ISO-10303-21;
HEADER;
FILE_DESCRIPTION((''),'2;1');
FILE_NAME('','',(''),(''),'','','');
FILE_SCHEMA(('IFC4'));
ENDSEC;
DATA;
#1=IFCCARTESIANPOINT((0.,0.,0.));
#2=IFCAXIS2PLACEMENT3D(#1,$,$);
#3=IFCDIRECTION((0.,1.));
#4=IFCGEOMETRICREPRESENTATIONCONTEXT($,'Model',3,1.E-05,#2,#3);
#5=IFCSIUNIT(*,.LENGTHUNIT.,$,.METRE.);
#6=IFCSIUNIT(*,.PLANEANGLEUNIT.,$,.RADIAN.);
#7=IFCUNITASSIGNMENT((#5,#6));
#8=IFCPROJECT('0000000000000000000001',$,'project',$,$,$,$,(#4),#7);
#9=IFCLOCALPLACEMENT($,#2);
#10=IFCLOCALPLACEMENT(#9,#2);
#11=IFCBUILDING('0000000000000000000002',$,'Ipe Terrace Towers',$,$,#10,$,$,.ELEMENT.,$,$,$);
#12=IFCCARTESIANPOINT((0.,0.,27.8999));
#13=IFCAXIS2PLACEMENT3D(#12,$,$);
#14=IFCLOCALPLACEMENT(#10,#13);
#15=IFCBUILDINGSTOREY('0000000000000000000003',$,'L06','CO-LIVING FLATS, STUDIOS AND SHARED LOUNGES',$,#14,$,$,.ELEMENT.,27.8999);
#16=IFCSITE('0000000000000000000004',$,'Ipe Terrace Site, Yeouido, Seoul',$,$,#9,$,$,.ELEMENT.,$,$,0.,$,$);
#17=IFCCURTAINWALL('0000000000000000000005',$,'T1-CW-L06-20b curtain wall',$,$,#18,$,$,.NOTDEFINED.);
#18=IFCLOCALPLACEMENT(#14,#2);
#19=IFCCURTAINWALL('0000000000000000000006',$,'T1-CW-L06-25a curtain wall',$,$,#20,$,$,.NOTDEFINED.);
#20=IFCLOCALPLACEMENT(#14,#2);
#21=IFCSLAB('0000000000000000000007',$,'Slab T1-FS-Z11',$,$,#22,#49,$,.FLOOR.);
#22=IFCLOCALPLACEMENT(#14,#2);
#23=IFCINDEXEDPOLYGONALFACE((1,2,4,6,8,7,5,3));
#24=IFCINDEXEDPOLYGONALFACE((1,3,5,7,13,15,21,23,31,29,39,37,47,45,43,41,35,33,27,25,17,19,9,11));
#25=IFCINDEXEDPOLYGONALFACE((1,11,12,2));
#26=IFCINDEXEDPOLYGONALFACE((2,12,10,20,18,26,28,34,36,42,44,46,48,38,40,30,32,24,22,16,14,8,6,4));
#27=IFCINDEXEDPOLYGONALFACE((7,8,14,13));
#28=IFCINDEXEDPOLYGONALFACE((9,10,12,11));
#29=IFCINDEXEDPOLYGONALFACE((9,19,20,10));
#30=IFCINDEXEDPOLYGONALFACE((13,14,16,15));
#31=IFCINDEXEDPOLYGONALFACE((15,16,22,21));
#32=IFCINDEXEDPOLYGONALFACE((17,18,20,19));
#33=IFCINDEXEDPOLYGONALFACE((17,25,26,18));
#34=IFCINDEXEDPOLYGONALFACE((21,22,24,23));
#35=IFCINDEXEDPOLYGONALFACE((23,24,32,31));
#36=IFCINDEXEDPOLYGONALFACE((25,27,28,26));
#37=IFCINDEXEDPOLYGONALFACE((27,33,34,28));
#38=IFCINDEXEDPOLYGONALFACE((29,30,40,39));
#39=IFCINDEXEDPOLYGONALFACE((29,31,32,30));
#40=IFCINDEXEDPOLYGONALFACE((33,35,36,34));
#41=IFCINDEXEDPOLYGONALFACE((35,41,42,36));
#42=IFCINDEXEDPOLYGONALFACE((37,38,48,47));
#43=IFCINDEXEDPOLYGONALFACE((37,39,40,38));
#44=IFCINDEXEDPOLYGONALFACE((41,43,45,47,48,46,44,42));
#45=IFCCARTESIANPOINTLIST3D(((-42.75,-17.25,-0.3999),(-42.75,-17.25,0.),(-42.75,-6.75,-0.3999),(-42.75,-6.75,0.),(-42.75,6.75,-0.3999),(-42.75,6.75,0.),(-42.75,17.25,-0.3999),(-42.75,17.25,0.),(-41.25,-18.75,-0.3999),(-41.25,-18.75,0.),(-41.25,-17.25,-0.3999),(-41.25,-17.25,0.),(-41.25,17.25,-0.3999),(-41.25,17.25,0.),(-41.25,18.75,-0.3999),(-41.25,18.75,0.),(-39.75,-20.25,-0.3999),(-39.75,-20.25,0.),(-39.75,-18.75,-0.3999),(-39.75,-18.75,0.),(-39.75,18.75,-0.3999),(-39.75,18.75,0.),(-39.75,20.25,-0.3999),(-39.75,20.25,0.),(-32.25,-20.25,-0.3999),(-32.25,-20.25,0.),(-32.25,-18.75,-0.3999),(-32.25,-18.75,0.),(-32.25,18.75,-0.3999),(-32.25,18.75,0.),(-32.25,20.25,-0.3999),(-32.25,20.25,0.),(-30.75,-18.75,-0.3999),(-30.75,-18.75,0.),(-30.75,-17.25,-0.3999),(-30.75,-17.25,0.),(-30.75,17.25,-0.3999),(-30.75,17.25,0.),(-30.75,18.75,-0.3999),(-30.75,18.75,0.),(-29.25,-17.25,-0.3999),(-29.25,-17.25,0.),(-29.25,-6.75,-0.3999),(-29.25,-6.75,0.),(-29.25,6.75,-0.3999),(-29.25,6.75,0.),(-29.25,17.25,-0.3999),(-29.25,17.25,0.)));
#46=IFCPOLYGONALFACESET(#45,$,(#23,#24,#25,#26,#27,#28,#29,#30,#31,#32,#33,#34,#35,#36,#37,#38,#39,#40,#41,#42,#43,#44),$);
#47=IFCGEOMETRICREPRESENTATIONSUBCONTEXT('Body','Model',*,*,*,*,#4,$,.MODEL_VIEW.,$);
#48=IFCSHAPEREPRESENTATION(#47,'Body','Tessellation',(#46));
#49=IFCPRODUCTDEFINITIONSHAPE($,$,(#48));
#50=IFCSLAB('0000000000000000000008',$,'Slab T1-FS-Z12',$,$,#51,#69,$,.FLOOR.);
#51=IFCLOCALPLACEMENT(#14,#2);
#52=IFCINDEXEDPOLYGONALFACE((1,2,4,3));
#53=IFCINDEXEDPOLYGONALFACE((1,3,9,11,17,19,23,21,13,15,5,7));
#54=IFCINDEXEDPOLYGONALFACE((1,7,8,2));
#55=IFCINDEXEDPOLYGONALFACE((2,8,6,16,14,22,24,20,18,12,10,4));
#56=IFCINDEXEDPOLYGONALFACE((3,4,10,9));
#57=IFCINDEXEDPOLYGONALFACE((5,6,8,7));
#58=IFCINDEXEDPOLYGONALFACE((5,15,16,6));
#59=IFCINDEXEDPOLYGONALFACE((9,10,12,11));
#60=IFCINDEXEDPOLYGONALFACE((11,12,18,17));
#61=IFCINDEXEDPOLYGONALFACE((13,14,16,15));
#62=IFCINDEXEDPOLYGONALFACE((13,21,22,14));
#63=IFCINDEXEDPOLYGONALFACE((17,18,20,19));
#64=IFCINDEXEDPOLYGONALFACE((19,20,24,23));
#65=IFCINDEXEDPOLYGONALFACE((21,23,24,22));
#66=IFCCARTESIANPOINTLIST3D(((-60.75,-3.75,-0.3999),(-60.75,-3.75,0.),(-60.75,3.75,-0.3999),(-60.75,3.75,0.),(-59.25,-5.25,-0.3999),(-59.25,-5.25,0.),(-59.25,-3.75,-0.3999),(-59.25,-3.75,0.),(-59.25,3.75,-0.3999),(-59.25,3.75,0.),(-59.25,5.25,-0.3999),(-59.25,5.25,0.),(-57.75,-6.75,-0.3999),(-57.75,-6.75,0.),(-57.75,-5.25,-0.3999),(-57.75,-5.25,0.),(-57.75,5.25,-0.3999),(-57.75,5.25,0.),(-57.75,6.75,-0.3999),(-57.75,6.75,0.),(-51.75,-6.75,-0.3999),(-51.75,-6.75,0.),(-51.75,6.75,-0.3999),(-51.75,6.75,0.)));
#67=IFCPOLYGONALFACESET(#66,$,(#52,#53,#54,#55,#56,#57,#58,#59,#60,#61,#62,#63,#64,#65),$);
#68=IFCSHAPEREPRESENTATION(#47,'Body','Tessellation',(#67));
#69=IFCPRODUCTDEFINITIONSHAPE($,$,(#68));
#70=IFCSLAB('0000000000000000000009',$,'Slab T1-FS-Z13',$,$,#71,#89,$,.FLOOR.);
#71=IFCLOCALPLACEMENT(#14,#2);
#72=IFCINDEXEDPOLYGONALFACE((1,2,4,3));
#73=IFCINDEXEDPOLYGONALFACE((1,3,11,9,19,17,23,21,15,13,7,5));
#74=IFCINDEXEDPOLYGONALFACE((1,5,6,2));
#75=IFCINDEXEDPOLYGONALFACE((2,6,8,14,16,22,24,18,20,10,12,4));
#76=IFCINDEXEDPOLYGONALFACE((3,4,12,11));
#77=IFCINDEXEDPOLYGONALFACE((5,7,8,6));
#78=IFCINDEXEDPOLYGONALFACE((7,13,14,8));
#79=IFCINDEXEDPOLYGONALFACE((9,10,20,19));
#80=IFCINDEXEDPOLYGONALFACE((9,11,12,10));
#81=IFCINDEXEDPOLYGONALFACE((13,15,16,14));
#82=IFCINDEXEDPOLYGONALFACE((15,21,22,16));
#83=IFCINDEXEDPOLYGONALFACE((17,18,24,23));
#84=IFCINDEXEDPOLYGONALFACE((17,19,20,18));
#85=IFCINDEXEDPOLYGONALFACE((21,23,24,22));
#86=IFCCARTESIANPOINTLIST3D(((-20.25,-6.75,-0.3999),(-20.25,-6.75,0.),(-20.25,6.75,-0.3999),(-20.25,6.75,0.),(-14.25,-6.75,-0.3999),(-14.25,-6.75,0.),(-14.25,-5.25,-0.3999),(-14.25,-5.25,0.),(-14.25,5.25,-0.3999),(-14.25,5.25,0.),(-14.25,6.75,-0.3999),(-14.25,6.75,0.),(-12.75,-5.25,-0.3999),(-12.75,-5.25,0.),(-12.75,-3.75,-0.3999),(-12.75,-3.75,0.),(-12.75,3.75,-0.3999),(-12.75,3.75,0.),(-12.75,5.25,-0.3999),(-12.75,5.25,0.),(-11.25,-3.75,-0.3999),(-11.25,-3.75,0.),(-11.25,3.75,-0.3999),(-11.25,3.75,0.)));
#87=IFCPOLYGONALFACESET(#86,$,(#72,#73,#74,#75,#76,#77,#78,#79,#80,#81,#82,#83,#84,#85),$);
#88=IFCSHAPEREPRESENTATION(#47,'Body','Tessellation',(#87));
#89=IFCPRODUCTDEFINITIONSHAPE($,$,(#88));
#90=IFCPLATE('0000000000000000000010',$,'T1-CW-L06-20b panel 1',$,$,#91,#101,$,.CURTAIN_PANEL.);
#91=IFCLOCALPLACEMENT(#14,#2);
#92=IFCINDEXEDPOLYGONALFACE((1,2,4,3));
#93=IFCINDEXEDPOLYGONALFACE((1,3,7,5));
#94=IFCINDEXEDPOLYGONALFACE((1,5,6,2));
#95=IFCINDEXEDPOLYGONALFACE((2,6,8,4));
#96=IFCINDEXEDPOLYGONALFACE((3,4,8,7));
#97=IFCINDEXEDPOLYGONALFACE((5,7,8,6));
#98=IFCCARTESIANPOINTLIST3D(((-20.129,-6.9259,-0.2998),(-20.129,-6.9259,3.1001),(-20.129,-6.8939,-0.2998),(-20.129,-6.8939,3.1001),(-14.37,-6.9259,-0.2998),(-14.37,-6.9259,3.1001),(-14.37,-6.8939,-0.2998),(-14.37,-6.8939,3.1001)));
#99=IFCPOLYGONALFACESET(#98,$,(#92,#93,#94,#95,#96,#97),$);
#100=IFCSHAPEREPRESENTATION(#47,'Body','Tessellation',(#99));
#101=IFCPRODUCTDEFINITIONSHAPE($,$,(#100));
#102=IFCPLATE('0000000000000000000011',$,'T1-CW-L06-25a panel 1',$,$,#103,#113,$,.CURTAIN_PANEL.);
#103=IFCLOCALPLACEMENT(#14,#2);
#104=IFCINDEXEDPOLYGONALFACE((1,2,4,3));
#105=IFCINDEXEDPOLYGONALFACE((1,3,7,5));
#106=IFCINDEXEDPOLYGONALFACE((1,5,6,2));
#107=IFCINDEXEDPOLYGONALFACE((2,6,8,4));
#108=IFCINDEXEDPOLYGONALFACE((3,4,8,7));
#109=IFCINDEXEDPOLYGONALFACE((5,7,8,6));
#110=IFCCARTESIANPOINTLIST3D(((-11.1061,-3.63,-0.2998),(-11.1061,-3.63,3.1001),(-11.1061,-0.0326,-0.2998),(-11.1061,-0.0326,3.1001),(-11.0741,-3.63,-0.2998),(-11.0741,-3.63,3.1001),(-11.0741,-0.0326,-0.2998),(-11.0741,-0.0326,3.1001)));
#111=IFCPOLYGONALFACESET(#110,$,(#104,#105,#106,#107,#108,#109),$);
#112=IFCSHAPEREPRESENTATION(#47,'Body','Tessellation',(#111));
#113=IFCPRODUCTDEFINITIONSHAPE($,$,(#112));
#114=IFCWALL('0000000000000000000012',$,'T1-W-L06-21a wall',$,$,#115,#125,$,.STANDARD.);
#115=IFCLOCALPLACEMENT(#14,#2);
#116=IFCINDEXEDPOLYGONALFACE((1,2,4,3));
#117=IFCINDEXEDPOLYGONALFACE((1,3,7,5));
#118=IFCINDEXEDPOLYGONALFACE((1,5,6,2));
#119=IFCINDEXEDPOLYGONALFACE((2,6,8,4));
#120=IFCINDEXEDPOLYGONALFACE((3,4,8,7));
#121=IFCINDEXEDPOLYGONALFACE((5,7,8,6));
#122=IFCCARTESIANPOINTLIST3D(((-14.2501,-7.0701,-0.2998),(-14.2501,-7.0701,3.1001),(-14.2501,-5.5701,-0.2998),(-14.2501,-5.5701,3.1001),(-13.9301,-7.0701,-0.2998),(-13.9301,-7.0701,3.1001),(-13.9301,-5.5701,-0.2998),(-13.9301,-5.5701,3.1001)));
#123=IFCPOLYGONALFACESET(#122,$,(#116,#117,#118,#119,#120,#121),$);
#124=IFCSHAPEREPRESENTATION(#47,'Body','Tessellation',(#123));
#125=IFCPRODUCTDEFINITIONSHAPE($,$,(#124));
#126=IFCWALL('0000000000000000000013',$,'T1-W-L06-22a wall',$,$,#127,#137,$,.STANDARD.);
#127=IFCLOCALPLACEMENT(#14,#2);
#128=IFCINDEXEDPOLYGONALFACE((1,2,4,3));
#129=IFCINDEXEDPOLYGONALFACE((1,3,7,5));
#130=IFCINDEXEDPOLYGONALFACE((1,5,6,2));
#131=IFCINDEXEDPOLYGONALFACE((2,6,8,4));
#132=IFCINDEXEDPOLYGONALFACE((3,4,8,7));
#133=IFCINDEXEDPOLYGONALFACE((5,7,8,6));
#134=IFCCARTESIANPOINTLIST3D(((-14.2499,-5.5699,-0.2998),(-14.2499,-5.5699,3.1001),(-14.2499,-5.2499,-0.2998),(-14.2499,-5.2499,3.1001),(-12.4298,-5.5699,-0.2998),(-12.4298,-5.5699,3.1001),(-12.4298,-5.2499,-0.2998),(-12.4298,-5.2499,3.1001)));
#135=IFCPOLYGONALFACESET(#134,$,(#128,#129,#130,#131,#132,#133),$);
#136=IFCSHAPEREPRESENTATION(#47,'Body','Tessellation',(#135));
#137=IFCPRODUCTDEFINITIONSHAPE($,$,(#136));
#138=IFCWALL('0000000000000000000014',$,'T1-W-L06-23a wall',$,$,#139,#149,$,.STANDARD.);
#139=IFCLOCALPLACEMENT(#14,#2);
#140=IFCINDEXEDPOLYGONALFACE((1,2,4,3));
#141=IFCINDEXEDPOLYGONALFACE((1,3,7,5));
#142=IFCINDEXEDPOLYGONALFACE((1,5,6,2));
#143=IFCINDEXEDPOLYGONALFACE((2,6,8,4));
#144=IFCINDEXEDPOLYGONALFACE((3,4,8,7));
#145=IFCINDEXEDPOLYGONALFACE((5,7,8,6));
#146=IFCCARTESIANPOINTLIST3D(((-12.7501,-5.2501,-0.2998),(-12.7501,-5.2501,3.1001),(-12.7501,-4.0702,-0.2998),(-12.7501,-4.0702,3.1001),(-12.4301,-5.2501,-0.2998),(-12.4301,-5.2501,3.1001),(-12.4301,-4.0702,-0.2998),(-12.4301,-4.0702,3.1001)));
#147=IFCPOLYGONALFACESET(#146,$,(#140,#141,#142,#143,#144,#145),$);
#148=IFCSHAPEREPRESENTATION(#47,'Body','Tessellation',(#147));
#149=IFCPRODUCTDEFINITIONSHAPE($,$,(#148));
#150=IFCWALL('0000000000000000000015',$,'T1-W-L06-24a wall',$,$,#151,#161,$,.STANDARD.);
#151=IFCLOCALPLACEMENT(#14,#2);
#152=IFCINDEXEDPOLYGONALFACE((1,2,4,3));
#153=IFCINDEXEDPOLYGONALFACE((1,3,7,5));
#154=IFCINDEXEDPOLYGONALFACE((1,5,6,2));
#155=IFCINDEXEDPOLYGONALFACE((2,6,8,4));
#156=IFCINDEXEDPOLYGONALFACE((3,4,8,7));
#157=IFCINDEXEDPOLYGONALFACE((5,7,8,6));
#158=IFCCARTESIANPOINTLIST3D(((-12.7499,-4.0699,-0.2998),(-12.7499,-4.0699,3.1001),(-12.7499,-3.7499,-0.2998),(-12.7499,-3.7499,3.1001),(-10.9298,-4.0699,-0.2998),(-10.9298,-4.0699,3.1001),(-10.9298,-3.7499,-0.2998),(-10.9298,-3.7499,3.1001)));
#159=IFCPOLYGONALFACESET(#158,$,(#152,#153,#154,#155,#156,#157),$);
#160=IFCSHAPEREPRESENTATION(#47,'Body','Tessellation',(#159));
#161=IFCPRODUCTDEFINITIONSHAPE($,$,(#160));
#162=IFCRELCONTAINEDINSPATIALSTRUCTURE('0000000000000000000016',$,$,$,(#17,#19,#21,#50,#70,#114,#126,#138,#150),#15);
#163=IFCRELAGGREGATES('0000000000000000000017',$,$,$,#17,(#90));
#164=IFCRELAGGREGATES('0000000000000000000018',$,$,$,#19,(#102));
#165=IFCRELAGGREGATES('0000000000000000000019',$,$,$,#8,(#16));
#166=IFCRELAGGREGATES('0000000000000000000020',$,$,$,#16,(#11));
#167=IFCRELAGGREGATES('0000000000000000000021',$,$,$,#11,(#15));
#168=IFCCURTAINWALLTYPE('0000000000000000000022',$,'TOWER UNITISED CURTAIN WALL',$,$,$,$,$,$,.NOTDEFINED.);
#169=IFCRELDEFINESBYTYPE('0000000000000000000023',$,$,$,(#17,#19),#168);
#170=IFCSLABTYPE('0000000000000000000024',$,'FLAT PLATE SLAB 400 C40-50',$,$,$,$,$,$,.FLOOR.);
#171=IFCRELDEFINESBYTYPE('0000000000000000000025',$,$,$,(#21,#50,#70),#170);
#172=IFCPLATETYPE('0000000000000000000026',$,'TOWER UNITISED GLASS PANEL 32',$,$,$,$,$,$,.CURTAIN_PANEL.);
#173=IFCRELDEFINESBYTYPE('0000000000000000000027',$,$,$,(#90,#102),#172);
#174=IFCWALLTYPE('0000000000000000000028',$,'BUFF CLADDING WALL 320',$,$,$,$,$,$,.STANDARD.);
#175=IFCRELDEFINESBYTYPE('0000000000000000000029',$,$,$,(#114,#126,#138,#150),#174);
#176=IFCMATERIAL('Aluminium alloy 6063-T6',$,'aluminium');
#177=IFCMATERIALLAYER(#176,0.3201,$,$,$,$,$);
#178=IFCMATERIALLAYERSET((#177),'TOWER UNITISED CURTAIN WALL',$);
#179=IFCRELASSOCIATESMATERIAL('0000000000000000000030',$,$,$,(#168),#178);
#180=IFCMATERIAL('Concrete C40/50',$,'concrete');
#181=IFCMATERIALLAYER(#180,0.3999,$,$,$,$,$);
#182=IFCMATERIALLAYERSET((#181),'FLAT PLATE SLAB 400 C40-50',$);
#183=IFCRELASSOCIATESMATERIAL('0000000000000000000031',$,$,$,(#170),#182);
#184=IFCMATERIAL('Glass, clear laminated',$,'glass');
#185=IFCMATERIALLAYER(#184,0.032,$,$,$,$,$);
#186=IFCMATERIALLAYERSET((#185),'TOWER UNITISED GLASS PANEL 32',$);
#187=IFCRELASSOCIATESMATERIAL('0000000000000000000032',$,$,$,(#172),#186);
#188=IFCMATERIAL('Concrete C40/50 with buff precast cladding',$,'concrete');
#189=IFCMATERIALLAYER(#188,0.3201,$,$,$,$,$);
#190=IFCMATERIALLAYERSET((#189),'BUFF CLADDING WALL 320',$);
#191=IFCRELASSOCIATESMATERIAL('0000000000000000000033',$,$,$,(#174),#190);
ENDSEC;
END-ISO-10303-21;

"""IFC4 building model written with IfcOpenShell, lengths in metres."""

from ifc_helpers import new_model, si_unit, direction, frame, frame_2d, origin, origin_2d, place, context, subcontext, project, spatial, polyline, rectangle, outline, extrude, material, layer, layer_set, type_object, element, aggregate, save


model = new_model("IFC4")

# Units and contexts
model_context = context("Model", 3, precision=1e-05, world=origin(), true_north=direction((0.0, 1.0)))
body_context = subcontext(model_context, "Body", "Model", "MODEL_VIEW")
ifc_project = project(units=[si_unit("LENGTHUNIT", "METRE"), si_unit("PLANEANGLEUNIT", "RADIAN")], contexts=[model_context])

# Site, building, storey
site_placement = place(None, origin())
site = spatial("IfcSite", under=ifc_project, at=site_placement, Name="Ipe Terrace Site, Yeouido, Seoul", CompositionType="ELEMENT", RefElevation=0.0)
building_placement = place(site_placement, origin())
building = spatial("IfcBuilding", under=site, at=building_placement, Name="Ipe Terrace Towers", CompositionType="ELEMENT")
storey_placement = place(building_placement, frame((0.0, 0.0, 27.8999)))
storey = spatial("IfcBuildingStorey", under=building, at=storey_placement, Name="L06", Description="CO-LIVING FLATS, STUDIOS AND SHARED LOUNGES", CompositionType="ELEMENT", Elevation=27.8999)

# Curtain walls
ifc_material_1 = material(Name="Aluminium alloy 6063-T6", Category="aluminium")
ifc_layer_1 = layer(ifc_material_1, 0.3201)
ifc_layer_set_1 = layer_set([ifc_layer_1], Name="TOWER UNITISED CURTAIN WALL")
curtain_wall_type = type_object("IfcCurtainWallType", Name="TOWER UNITISED CURTAIN WALL", PredefinedType="NOTDEFINED", material=ifc_layer_set_1)
curtain_wall_1_placement = place(storey_placement, origin())
curtain_wall_1 = element("IfcCurtainWall", 1, at=curtain_wall_1_placement, inside=storey, type_object=curtain_wall_type, Name="T1-CW-L06-20b curtain wall", PredefinedType="NOTDEFINED")
curtain_wall_2_placement = place(storey_placement, origin())
curtain_wall_2 = element("IfcCurtainWall", 2, at=curtain_wall_2_placement, inside=storey, type_object=curtain_wall_type, Name="T1-CW-L06-25a curtain wall", PredefinedType="NOTDEFINED")

# Slabs
ifc_material_2 = material(Name="Concrete C40/50", Category="concrete")
ifc_layer_2 = layer(ifc_material_2, 0.3999)
ifc_layer_set_2 = layer_set([ifc_layer_2], Name="FLAT PLATE SLAB 400 C40-50")
slab_type = type_object("IfcSlabType", Name="FLAT PLATE SLAB 400 C40-50", PredefinedType="FLOOR", material=ifc_layer_set_2)
slab_1_placement = place(storey_placement, frame((0.0, 0.0, -0.3999)))
element("IfcSlab", 3, at=slab_1_placement, inside=storey, type_object=slab_type, Name="Slab T1-FS-Z11", PredefinedType="FLOOR", context=body_context, shape_type="SweptSolid", body=[
    extrude(outline(polyline([(-30.75, -17.25), (-30.75, -18.75), (-32.25, -18.75), (-32.25, -20.25), (-39.75, -20.25), (-39.75, -18.75), (-41.25, -18.75), (-41.25, -17.25), (-42.75, -17.25), (-42.75, -6.75), (-42.75, 6.75), (-42.75, 17.25), (-41.25, 17.25), (-41.25, 18.75), (-39.75, 18.75), (-39.75, 20.25), (-32.25, 20.25), (-32.25, 18.75), (-30.75, 18.75), (-30.75, 17.25), (-29.25, 17.25), (-29.25, 6.75), (-29.25, -6.75), (-29.25, -17.25), (-30.75, -17.25)])), origin(), (0.0, 0.0, 1.0), 0.3999),
])
slab_2_placement = place(storey_placement, frame((0.0, 0.0, -0.3999)))
element("IfcSlab", 4, at=slab_2_placement, inside=storey, type_object=slab_type, Name="Slab T1-FS-Z12", PredefinedType="FLOOR", context=body_context, shape_type="SweptSolid", body=[
    extrude(outline(polyline([(-57.75, -6.75), (-57.75, -5.25), (-59.25, -5.25), (-59.25, -3.75), (-60.75, -3.75), (-60.75, 3.75), (-59.25, 3.75), (-59.25, 5.25), (-57.75, 5.25), (-57.75, 6.75), (-51.75, 6.75), (-51.75, -6.75), (-57.75, -6.75)])), origin(), (0.0, 0.0, 1.0), 0.3999),
])
slab_3_placement = place(storey_placement, frame((0.0, 0.0, -0.3999)))
element("IfcSlab", 5, at=slab_3_placement, inside=storey, type_object=slab_type, Name="Slab T1-FS-Z13", PredefinedType="FLOOR", context=body_context, shape_type="SweptSolid", body=[
    extrude(outline(polyline([(-14.25, 5.25), (-12.75, 5.25), (-12.75, 3.75), (-11.25, 3.75), (-11.25, -3.75), (-12.75, -3.75), (-12.75, -5.25), (-14.25, -5.25), (-14.25, -6.75), (-20.25, -6.75), (-20.25, 6.75), (-14.25, 6.75), (-14.25, 5.25)])), origin(), (0.0, 0.0, 1.0), 0.3999),
])

# Plates
ifc_material_3 = material(Name="Glass, clear laminated", Category="glass")
ifc_layer_3 = layer(ifc_material_3, 0.032)
ifc_layer_set_3 = layer_set([ifc_layer_3], Name="TOWER UNITISED GLASS PANEL 32")
plate_type = type_object("IfcPlateType", Name="TOWER UNITISED GLASS PANEL 32", PredefinedType="CURTAIN_PANEL", material=ifc_layer_set_3)
plate_1_placement = place(storey_placement, frame((-17.2495, -6.9099, -0.2998), z_axis=(0.0, 0.0, 1.0), x_axis=(1.0, 0.0, 0.0)))
plate_1 = element("IfcPlate", 6, at=plate_1_placement, type_object=plate_type, Name="T1-CW-L06-20b panel 1", PredefinedType="CURTAIN_PANEL", context=body_context, shape_type="SweptSolid", body=[
    extrude(rectangle(XDim=5.759, YDim=0.032, at=origin_2d()), origin(), (0.0, 0.0, 1.0), 3.3999),
])
aggregate(curtain_wall_1, [plate_1])
plate_2_placement = place(storey_placement, frame((-11.0901, -1.8313, -0.2998), z_axis=(0.0, 0.0, 1.0), x_axis=(0.0, 1.0, 0.0)))
plate_2 = element("IfcPlate", 7, at=plate_2_placement, type_object=plate_type, Name="T1-CW-L06-25a panel 1", PredefinedType="CURTAIN_PANEL", context=body_context, shape_type="SweptSolid", body=[
    extrude(rectangle(XDim=3.5974, YDim=0.032, at=origin_2d()), origin(), (0.0, 0.0, 1.0), 3.3999),
])
aggregate(curtain_wall_2, [plate_2])

# Walls
ifc_material_4 = material(Name="Concrete C40/50 with buff precast cladding", Category="concrete")
ifc_layer_4 = layer(ifc_material_4, 0.3201)
ifc_layer_set_4 = layer_set([ifc_layer_4], Name="BUFF CLADDING WALL 320")
wall_type_1 = type_object("IfcWallType", Name="BUFF CLADDING WALL 320", PredefinedType="STANDARD", material=ifc_layer_set_4)
wall_1_placement = place(storey_placement, frame((-14.0901, -7.0701, -0.2998), z_axis=(0.0, 0.0, 1.0), x_axis=(0.0, 1.0, 0.0)))
element("IfcWall", 8, at=wall_1_placement, inside=storey, type_object=wall_type_1, Name="T1-W-L06-21a wall", PredefinedType="STANDARD", context=body_context, shape_type="SweptSolid", body=[
    extrude(rectangle(XDim=1.5, YDim=0.3201, at=frame_2d((0.75, 0.0))), origin(), (0.0, 0.0, 1.0), 3.3999),
])
wall_2_placement = place(storey_placement, frame((-14.25, -5.4099, -0.2998), z_axis=(0.0, 0.0, 1.0), x_axis=(1.0, 0.0, 0.0)))
element("IfcWall", 9, at=wall_2_placement, inside=storey, type_object=wall_type_1, Name="T1-W-L06-22a wall", PredefinedType="STANDARD", context=body_context, shape_type="SweptSolid", body=[
    extrude(rectangle(XDim=1.8201, YDim=0.3201, at=frame_2d((0.9102, 0.0))), origin(), (0.0, 0.0, 1.0), 3.3999),
])
wall_3_placement = place(storey_placement, frame((-12.5901, -5.25, -0.2998), z_axis=(0.0, 0.0, 1.0), x_axis=(0.0, 1.0, 0.0)))
element("IfcWall", 10, at=wall_3_placement, inside=storey, type_object=wall_type_1, Name="T1-W-L06-23a wall", PredefinedType="STANDARD", context=body_context, shape_type="SweptSolid", body=[
    extrude(rectangle(XDim=1.1799, YDim=0.3201, at=frame_2d((0.5898, 0.0))), origin(), (0.0, 0.0, 1.0), 3.3999),
])
wall_4_placement = place(storey_placement, frame((-12.75, -3.9099, -0.2998), z_axis=(0.0, 0.0, 1.0), x_axis=(1.0, 0.0, 0.0)))
element("IfcWall", 11, at=wall_4_placement, inside=storey, type_object=wall_type_1, Name="T1-W-L06-24a wall", PredefinedType="STANDARD", context=body_context, shape_type="SweptSolid", body=[
    extrude(rectangle(XDim=1.8201, YDim=0.3201, at=frame_2d((0.9102, 0.0))), origin(), (0.0, 0.0, 1.0), 3.3999),
])

save(model, "model.ifc")
